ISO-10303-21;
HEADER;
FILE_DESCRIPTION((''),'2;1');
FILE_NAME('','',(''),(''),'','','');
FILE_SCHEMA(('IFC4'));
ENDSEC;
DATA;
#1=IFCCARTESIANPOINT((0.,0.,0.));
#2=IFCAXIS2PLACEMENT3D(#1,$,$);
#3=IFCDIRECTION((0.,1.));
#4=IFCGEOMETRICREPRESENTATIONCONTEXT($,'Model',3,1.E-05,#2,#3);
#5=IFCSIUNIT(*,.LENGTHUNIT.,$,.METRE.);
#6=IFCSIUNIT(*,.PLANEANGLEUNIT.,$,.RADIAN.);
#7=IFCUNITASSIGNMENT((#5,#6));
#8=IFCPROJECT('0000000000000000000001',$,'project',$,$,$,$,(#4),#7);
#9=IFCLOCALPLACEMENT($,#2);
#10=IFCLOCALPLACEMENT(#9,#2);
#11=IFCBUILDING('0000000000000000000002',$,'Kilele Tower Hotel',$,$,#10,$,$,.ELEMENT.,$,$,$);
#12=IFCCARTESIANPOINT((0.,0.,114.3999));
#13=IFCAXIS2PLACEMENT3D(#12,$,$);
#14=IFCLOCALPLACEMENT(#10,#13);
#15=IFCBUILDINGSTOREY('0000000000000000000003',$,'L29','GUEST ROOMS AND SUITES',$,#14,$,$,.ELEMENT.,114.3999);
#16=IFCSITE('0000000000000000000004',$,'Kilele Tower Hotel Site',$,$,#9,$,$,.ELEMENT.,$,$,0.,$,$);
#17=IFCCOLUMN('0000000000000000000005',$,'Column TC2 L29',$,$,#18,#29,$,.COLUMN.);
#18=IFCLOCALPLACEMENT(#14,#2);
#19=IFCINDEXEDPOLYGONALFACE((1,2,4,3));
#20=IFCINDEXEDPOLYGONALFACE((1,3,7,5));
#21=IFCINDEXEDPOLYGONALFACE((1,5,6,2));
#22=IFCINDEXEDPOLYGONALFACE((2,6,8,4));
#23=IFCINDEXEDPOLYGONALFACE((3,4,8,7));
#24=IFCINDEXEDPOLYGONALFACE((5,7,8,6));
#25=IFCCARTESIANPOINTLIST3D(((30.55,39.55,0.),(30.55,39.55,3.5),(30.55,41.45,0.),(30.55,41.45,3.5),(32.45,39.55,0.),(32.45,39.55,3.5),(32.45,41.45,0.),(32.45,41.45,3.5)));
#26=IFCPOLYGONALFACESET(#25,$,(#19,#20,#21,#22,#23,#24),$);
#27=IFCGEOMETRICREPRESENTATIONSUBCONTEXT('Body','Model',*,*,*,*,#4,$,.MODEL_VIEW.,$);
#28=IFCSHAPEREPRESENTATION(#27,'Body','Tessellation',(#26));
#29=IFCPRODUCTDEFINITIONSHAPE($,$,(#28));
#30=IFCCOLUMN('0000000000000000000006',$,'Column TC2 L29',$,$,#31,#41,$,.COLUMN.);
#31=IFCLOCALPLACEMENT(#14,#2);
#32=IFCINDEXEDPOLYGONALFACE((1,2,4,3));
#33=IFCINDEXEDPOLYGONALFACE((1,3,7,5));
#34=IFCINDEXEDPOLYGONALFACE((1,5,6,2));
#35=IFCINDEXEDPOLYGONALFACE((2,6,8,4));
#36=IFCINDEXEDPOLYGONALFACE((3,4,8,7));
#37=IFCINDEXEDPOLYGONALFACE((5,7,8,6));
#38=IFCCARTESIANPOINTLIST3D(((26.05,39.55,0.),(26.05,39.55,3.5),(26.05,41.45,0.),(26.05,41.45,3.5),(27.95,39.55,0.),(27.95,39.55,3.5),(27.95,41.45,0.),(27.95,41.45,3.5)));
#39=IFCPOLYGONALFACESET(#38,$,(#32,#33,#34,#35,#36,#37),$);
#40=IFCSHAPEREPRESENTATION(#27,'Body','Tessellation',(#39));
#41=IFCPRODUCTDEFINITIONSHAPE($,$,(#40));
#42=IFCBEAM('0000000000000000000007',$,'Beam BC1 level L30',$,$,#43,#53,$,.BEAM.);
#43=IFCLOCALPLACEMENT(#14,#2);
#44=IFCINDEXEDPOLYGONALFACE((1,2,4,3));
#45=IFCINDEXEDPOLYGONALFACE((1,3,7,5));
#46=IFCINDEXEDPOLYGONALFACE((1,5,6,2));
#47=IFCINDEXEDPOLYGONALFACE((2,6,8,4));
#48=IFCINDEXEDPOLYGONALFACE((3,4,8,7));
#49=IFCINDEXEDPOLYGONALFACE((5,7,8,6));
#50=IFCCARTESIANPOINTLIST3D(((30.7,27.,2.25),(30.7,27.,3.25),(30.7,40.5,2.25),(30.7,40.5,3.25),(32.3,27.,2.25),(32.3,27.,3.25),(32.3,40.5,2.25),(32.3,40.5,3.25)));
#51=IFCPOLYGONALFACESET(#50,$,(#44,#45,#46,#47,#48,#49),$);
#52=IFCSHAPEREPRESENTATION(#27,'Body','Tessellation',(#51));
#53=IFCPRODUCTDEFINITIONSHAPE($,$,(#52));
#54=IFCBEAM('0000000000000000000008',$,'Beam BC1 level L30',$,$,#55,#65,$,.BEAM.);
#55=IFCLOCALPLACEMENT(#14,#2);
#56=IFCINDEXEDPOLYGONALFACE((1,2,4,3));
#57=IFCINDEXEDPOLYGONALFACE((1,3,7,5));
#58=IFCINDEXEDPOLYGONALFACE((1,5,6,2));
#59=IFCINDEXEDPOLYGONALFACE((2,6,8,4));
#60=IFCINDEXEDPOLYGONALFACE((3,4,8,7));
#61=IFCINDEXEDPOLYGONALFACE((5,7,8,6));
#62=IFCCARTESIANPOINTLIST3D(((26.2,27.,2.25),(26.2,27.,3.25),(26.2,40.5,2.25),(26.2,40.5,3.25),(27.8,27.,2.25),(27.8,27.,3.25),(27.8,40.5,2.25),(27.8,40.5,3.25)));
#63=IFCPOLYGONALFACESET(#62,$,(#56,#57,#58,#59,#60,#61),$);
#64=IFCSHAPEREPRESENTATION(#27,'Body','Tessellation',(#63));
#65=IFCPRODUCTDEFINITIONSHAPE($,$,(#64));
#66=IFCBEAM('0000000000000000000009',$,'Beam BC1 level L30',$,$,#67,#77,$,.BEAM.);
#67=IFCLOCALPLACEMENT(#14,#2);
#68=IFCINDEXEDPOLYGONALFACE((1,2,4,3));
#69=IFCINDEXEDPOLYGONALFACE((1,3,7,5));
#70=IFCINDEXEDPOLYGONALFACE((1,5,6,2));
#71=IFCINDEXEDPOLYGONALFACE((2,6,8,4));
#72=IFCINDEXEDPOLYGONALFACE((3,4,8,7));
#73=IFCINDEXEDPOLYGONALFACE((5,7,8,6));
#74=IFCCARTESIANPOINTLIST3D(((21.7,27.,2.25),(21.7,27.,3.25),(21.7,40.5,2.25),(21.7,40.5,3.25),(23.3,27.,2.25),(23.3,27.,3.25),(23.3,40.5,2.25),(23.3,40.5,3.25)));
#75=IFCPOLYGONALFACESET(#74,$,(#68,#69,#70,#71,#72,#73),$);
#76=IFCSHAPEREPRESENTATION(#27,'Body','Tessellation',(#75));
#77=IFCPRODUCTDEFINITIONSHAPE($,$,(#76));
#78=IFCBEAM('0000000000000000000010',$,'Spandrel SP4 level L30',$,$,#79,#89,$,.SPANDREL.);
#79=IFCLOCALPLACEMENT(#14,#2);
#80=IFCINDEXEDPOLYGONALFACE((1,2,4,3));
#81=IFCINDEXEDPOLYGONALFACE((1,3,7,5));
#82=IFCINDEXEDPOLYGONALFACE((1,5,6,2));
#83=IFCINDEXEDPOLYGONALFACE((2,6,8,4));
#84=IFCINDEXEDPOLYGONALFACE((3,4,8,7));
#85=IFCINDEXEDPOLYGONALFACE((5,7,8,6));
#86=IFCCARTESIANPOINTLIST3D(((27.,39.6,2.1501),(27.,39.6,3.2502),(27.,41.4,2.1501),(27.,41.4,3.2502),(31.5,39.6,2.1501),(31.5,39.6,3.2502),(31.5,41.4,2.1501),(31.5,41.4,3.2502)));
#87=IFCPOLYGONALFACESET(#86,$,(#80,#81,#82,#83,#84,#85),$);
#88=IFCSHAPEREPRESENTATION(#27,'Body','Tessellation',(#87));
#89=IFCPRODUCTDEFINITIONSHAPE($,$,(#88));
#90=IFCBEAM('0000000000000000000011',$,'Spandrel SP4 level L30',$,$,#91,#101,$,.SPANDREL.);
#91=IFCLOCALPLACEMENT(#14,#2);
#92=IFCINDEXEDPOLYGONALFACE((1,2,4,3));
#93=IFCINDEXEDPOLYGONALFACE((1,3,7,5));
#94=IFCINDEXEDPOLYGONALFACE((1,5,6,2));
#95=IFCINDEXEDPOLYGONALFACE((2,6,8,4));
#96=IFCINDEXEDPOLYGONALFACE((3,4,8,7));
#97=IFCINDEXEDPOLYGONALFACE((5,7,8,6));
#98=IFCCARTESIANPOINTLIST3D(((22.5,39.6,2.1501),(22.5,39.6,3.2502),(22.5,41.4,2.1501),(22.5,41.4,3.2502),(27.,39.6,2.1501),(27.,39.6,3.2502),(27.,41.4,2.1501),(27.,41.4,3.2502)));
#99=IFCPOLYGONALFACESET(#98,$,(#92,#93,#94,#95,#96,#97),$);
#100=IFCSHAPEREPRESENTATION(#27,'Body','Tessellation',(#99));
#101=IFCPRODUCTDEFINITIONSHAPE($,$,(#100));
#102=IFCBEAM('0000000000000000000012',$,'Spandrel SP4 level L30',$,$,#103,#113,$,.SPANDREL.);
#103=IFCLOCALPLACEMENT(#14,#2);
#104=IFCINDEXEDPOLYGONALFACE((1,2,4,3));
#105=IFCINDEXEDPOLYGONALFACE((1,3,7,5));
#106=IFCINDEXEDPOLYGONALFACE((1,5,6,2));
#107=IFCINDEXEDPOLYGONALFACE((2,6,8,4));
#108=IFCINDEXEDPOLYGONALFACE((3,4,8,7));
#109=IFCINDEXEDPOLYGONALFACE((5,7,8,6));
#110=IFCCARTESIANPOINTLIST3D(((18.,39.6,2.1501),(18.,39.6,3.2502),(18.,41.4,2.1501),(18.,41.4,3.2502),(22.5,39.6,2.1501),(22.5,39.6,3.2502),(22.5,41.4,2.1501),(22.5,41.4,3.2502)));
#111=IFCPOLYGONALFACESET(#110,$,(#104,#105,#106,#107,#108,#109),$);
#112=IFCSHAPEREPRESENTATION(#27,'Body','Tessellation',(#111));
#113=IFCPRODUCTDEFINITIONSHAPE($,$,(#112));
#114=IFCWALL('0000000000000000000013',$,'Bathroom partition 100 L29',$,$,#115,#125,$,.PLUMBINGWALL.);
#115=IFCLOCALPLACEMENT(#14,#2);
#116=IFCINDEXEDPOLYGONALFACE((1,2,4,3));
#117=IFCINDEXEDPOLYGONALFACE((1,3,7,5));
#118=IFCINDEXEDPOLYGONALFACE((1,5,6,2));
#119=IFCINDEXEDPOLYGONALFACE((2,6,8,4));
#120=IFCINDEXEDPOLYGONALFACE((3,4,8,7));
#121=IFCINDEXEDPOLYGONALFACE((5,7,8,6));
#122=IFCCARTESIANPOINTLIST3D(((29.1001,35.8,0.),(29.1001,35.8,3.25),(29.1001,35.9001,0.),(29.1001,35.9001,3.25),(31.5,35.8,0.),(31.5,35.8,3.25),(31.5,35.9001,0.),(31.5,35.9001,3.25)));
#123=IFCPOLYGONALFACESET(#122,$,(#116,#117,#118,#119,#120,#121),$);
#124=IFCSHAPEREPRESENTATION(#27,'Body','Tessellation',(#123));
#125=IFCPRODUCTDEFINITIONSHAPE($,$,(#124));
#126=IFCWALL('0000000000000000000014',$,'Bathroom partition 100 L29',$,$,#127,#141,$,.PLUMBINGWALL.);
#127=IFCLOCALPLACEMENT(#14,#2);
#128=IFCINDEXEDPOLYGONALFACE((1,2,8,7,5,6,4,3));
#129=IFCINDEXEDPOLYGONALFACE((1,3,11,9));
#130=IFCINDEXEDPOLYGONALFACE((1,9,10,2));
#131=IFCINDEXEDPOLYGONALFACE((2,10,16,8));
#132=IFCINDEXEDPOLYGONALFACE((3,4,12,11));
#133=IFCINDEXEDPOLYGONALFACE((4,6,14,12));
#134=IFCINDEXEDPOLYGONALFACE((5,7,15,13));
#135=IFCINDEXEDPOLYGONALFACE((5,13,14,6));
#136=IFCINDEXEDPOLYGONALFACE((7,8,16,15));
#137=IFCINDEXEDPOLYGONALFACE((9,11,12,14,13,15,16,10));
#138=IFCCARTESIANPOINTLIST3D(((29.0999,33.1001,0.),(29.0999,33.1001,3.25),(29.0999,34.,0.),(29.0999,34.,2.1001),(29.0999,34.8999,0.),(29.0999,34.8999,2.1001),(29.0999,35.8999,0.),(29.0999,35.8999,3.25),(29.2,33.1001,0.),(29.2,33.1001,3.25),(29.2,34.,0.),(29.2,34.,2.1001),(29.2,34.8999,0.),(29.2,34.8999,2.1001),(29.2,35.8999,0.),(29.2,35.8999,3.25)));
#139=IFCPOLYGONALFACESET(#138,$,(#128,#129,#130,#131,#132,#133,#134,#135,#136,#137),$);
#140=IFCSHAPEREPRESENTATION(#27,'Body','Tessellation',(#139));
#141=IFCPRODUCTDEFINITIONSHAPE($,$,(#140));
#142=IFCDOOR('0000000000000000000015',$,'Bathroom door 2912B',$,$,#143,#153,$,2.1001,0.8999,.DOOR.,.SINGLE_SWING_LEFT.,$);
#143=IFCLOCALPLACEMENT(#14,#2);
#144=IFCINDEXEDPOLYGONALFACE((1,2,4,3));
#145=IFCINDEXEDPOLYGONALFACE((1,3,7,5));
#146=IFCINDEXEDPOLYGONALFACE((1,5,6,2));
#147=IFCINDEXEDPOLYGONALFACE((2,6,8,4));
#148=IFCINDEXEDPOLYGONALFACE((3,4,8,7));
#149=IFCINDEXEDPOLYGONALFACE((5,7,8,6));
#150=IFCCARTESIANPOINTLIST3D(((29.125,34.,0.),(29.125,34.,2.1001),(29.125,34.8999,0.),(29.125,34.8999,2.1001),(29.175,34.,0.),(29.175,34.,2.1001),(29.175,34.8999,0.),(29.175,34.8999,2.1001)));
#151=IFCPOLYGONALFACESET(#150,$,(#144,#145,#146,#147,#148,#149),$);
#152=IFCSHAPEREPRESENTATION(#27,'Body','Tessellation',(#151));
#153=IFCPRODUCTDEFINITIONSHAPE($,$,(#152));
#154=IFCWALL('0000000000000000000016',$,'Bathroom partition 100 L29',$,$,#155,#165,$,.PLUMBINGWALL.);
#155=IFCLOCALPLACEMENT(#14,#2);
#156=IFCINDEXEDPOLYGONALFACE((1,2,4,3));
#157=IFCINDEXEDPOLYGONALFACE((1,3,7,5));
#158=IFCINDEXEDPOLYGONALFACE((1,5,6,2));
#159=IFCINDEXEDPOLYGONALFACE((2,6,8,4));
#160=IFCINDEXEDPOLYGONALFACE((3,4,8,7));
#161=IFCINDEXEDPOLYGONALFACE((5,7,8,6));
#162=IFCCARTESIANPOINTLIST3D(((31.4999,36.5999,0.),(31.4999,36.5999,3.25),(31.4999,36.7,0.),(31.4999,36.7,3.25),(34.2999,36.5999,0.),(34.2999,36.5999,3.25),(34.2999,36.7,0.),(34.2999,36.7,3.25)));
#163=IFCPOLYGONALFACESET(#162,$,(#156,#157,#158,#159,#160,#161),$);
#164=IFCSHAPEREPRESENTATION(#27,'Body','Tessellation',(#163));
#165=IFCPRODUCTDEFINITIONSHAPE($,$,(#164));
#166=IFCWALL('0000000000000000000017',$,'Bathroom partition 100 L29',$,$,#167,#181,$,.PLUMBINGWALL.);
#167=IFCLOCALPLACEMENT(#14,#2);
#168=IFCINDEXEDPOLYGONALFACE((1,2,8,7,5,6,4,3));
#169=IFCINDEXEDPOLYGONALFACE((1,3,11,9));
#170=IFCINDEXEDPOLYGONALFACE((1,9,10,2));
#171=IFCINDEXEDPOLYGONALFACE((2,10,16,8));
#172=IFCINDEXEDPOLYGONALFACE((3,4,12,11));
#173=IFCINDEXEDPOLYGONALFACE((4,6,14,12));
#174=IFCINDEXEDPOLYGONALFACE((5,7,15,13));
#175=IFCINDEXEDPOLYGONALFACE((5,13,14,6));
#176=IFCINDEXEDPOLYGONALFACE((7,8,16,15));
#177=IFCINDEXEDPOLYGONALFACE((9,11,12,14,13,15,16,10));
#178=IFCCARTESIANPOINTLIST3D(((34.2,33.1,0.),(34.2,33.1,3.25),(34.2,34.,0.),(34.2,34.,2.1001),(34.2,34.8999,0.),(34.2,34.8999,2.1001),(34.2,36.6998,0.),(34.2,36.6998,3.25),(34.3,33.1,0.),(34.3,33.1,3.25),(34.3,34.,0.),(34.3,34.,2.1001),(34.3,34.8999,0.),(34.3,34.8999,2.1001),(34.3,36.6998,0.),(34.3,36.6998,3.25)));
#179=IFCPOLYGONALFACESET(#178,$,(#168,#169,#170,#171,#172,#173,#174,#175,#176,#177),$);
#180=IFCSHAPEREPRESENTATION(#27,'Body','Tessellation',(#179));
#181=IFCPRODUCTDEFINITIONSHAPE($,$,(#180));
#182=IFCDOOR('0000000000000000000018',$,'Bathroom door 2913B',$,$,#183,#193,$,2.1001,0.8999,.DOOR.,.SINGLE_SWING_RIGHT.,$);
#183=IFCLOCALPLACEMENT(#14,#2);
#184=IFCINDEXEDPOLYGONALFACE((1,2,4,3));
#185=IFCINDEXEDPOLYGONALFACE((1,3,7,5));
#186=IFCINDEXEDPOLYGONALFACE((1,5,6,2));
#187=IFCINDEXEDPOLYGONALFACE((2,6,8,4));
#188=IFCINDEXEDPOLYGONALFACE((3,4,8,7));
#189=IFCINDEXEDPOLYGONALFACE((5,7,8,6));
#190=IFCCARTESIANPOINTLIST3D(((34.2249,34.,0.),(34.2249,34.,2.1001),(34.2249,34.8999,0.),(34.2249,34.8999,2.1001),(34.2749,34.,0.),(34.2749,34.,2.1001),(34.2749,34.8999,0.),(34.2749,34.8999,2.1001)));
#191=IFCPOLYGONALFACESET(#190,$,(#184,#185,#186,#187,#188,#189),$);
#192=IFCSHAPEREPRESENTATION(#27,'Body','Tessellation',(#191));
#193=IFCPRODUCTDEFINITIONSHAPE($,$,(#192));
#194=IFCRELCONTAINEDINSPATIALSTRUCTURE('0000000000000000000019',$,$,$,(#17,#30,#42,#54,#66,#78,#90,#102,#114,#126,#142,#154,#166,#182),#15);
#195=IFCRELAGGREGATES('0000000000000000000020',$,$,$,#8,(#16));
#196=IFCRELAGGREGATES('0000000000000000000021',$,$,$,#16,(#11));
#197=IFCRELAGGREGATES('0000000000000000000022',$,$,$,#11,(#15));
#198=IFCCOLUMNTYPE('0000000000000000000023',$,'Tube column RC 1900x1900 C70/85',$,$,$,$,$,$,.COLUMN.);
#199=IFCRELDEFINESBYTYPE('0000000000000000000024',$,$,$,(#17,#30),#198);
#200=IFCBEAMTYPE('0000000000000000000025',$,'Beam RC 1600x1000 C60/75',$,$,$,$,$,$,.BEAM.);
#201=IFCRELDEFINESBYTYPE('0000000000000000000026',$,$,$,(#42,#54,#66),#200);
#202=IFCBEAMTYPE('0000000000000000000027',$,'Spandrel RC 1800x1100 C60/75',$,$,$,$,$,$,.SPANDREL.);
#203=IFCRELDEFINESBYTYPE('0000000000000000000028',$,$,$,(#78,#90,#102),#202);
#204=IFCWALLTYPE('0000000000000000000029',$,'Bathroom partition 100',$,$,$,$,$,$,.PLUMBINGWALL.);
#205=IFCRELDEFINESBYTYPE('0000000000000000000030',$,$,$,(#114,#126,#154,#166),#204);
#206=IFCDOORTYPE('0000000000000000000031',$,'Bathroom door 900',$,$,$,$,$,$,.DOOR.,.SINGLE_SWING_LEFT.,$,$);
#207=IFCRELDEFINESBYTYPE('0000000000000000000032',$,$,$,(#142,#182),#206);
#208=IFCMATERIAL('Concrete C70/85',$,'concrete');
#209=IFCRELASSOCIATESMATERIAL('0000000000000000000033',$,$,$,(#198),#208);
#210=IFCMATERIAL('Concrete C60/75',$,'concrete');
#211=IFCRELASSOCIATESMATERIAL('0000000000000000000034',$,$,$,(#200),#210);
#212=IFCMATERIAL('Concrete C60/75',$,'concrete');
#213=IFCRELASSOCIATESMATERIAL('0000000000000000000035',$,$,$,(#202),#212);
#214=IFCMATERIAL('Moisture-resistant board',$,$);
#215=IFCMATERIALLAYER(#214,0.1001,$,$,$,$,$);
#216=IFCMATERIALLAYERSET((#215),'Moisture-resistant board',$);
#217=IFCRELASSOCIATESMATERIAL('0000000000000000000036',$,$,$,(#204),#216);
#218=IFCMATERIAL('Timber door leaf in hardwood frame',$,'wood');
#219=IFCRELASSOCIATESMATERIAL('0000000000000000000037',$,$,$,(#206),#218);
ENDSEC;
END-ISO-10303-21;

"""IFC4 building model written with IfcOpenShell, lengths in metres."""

from ifc_helpers import new_model, si_unit, direction, frame, frame_2d, origin, origin_2d, place, context, subcontext, project, spatial, rectangle, extrude, material, layer, layer_set, material_profile, profile_set, type_object, element, fill, save


model = new_model("IFC4")

# Units and contexts
model_context = context("Model", 3, precision=1e-05, world=origin(), true_north=direction((0.0, 1.0)))
body_context = subcontext(model_context, "Body", "Model", "MODEL_VIEW")
ifc_project = project(units=[si_unit("LENGTHUNIT", "METRE"), si_unit("PLANEANGLEUNIT", "RADIAN")], contexts=[model_context])

# Site, building, storey
site_placement = place(None, origin())
site = spatial("IfcSite", under=ifc_project, at=site_placement, Name="Kilele Tower Hotel Site", CompositionType="ELEMENT", RefElevation=0.0)
building_placement = place(site_placement, origin())
building = spatial("IfcBuilding", under=site, at=building_placement, Name="Kilele Tower Hotel", CompositionType="ELEMENT")
storey_placement = place(building_placement, frame((0.0, 0.0, 114.3999)))
storey = spatial("IfcBuildingStorey", under=building, at=storey_placement, Name="L29", Description="GUEST ROOMS AND SUITES", CompositionType="ELEMENT", Elevation=114.3999)

# Columns
ifc_material_1 = material(Name="Concrete C70/85", Category="concrete")
ifc_material_profile_1 = material_profile(ifc_material_1, rectangle(XDim=1.8999, YDim=1.8999, at=origin_2d()))
ifc_profile_set_1 = profile_set([ifc_material_profile_1], Name="Concrete C70/85")
column_type = type_object("IfcColumnType", Name="Tube column RC 1900x1900 C70/85", PredefinedType="COLUMN", material=ifc_profile_set_1)
for number, where, z_axis, x_axis, name in (
    (1, (31.5, 40.5, 0.0), (0.0, 0.0, 1.0), (1.0, 0.0, 0.0), "Column TC2 L29"),
    (2, (27.0, 40.5, 0.0), (0.0, 0.0, 1.0), (1.0, 0.0, 0.0), "Column TC2 L29"),
):
    element("IfcColumn", number, at=place(storey_placement, frame(where, z_axis=z_axis, x_axis=x_axis)), inside=storey, type_object=column_type, Name=name, PredefinedType="COLUMN", context=body_context, shape_type="SweptSolid", body=[
        extrude(rectangle(XDim=1.8999, YDim=1.8999, at=origin_2d()), origin(), (0.0, 0.0, 1.0), 3.5),
    ])

# Beams
ifc_material_2 = material(Name="Concrete C60/75", Category="concrete")
ifc_material_profile_2 = material_profile(ifc_material_2, rectangle(XDim=1.6001, YDim=1.0, at=origin_2d()))
ifc_profile_set_2 = profile_set([ifc_material_profile_2], Name="Concrete C60/75")
beam_type_1 = type_object("IfcBeamType", Name="Beam RC 1600x1000 C60/75", PredefinedType="BEAM", material=ifc_profile_set_2)
for number, where, z_axis, x_axis, name in (
    (3, (31.5, 40.5, 2.75), (0.0, -1.0, 0.0), (1.0, 0.0, 0.0), "Beam BC1 level L30"),
    (4, (27.0, 40.5, 2.75), (0.0, -1.0, 0.0), (1.0, 0.0, 0.0), "Beam BC1 level L30"),
    (5, (22.5, 40.5, 2.75), (0.0, -1.0, 0.0), (1.0, 0.0, 0.0), "Beam BC1 level L30"),
):
    element("IfcBeam", number, at=place(storey_placement, frame(where, z_axis=z_axis, x_axis=x_axis)), inside=storey, type_object=beam_type_1, Name=name, PredefinedType="BEAM", context=body_context, shape_type="SweptSolid", body=[
        extrude(rectangle(XDim=1.6001, YDim=1.0, at=origin_2d()), origin(), (0.0, 0.0, 1.0), 13.5),
    ])
ifc_material_3 = material(Name="Concrete C60/75", Category="concrete")
ifc_material_profile_3 = material_profile(ifc_material_3, rectangle(XDim=1.8, YDim=1.1001, at=origin_2d()))
ifc_profile_set_3 = profile_set([ifc_material_profile_3], Name="Concrete C60/75")
beam_type_2 = type_object("IfcBeamType", Name="Spandrel RC 1800x1100 C60/75", PredefinedType="SPANDREL", material=ifc_profile_set_3)
for number, where, z_axis, x_axis, name in (
    (6, (31.5, 40.5, 2.7002), (-1.0, 0.0, 0.0), (0.0, -1.0, 0.0), "Spandrel SP4 level L30"),
    (7, (27.0, 40.5, 2.7002), (-1.0, 0.0, 0.0), (0.0, -1.0, 0.0), "Spandrel SP4 level L30"),
    (8, (22.5, 40.5, 2.7002), (-1.0, 0.0, 0.0), (0.0, -1.0, 0.0), "Spandrel SP4 level L30"),
):
    element("IfcBeam", number, at=place(storey_placement, frame(where, z_axis=z_axis, x_axis=x_axis)), inside=storey, type_object=beam_type_2, Name=name, PredefinedType="SPANDREL", context=body_context, shape_type="SweptSolid", body=[
        extrude(rectangle(XDim=1.8, YDim=1.1001, at=origin_2d()), origin(), (0.0, 0.0, 1.0), 4.5),
    ])

# Wall
ifc_material_4 = material(Name="Moisture-resistant board")
ifc_layer_1 = layer(ifc_material_4, 0.1001)
ifc_layer_set_1 = layer_set([ifc_layer_1], Name="Moisture-resistant board")
wall_type_1 = type_object("IfcWallType", Name="Bathroom partition 100", PredefinedType="PLUMBINGWALL", material=ifc_layer_set_1)
wall_1_placement = place(storey_placement, frame((29.1001, 35.8501, 0.0), z_axis=(0.0, 0.0, 1.0), x_axis=(1.0, 0.0, 0.0)))
element("IfcWall", 9, at=wall_1_placement, inside=storey, type_object=wall_type_1, Name="Bathroom partition 100 L29", PredefinedType="PLUMBINGWALL", context=body_context, shape_type="SweptSolid", body=[
    extrude(rectangle(XDim=2.3999, YDim=0.1001, at=frame_2d((1.2, 0.0))), origin(), (0.0, 0.0, 1.0), 3.25),
])

# Wall, opening, door
wall_2_placement = place(storey_placement, frame((29.1499, 33.1001, 0.0), z_axis=(0.0, 0.0, 1.0), x_axis=(0.0, 1.0, 0.0)))
wall_2 = element("IfcWall", 10, at=wall_2_placement, inside=storey, type_object=wall_type_1, Name="Bathroom partition 100 L29", PredefinedType="PLUMBINGWALL", context=body_context, shape_type="SweptSolid", body=[
    extrude(rectangle(XDim=2.7998, YDim=0.1001, at=frame_2d((1.3999, 0.0))), origin(), (0.0, 0.0, 1.0), 3.25),
])
opening_1_placement = place(wall_2_placement, frame((0.8999, 0.0, 0.0)))
opening_1 = element("IfcOpeningElement", 11, at=opening_1_placement, cuts=wall_2, PredefinedType="OPENING", context=body_context, shape_type="SweptSolid", body=[
    extrude(rectangle(XDim=0.8999, YDim=2.1001, at=frame_2d((0.45, 1.05))), frame((0.0, 0.0601, 0.0), z_axis=(0.0, -1.0, 0.0), x_axis=(1.0, 0.0, 0.0)), (0.0, 0.0, 1.0), 0.1201),
])
ifc_material_5 = material(Name="Timber door leaf in hardwood frame", Category="wood")
door_type_1 = type_object("IfcDoorType", Name="Bathroom door 900", OperationType="SINGLE_SWING_LEFT", PredefinedType="DOOR", material=ifc_material_5)
door_1_placement = place(opening_1_placement, origin())
door_1 = element("IfcDoor", 12, at=door_1_placement, inside=storey, type_object=door_type_1, Name="Bathroom door 2912B", OperationType="SINGLE_SWING_LEFT", OverallHeight=2.1001, OverallWidth=0.8999, PredefinedType="DOOR", context=body_context, shape_type="SweptSolid", body=[
    extrude(rectangle(XDim=0.8999, YDim=2.1001, at=frame_2d((0.45, 1.05))), frame((0.0, 0.0249, 0.0), z_axis=(0.0, -1.0, 0.0), x_axis=(1.0, 0.0, 0.0)), (0.0, 0.0, 1.0), 0.05),
])
fill(opening_1, door_1)

# Wall
wall_3_placement = place(storey_placement, frame((31.5, 36.6499, 0.0), z_axis=(0.0, 0.0, 1.0), x_axis=(1.0, 0.0, 0.0)))
element("IfcWall", 13, at=wall_3_placement, inside=storey, type_object=wall_type_1, Name="Bathroom partition 100 L29", PredefinedType="PLUMBINGWALL", context=body_context, shape_type="SweptSolid", body=[
    extrude(rectangle(XDim=2.8, YDim=0.1001, at=frame_2d((1.3999, 0.0))), origin(), (0.0, 0.0, 1.0), 3.25),
])

# Wall, opening, door
wall_4_placement = place(storey_placement, frame((34.25, 33.1001, 0.0), z_axis=(0.0, 0.0, 1.0), x_axis=(0.0, 1.0, 0.0)))
wall_4 = element("IfcWall", 14, at=wall_4_placement, inside=storey, type_object=wall_type_1, Name="Bathroom partition 100 L29", PredefinedType="PLUMBINGWALL", context=body_context, shape_type="SweptSolid", body=[
    extrude(rectangle(XDim=3.5999, YDim=0.1001, at=frame_2d((1.7998, 0.0))), origin(), (0.0, 0.0, 1.0), 3.25),
])
opening_2_placement = place(wall_4_placement, frame((1.7998, 0.0, 0.0), z_axis=(0.0, 0.0, 1.0), x_axis=(-1.0, 0.0, 0.0)))
opening_2 = element("IfcOpeningElement", 15, at=opening_2_placement, cuts=wall_4, PredefinedType="OPENING", context=body_context, shape_type="SweptSolid", body=[
    extrude(rectangle(XDim=0.8999, YDim=2.1001, at=frame_2d((0.45, 1.05))), frame((0.0, 0.0601, 0.0), z_axis=(0.0, -1.0, 0.0), x_axis=(1.0, 0.0, 0.0)), (0.0, 0.0, 1.0), 0.1201),
])
door_2_placement = place(opening_2_placement, origin())
door_2 = element("IfcDoor", 16, at=door_2_placement, inside=storey, type_object=door_type_1, Name="Bathroom door 2913B", OperationType="SINGLE_SWING_RIGHT", OverallHeight=2.1001, OverallWidth=0.8999, PredefinedType="DOOR", context=body_context, shape_type="SweptSolid", body=[
    extrude(rectangle(XDim=0.8999, YDim=2.1001, at=frame_2d((0.45, 1.05))), frame((0.0, 0.0249, 0.0), z_axis=(0.0, -1.0, 0.0), x_axis=(1.0, 0.0, 0.0)), (0.0, 0.0, 1.0), 0.05),
])
fill(opening_2, door_2)

save(model, "model.ifc")
